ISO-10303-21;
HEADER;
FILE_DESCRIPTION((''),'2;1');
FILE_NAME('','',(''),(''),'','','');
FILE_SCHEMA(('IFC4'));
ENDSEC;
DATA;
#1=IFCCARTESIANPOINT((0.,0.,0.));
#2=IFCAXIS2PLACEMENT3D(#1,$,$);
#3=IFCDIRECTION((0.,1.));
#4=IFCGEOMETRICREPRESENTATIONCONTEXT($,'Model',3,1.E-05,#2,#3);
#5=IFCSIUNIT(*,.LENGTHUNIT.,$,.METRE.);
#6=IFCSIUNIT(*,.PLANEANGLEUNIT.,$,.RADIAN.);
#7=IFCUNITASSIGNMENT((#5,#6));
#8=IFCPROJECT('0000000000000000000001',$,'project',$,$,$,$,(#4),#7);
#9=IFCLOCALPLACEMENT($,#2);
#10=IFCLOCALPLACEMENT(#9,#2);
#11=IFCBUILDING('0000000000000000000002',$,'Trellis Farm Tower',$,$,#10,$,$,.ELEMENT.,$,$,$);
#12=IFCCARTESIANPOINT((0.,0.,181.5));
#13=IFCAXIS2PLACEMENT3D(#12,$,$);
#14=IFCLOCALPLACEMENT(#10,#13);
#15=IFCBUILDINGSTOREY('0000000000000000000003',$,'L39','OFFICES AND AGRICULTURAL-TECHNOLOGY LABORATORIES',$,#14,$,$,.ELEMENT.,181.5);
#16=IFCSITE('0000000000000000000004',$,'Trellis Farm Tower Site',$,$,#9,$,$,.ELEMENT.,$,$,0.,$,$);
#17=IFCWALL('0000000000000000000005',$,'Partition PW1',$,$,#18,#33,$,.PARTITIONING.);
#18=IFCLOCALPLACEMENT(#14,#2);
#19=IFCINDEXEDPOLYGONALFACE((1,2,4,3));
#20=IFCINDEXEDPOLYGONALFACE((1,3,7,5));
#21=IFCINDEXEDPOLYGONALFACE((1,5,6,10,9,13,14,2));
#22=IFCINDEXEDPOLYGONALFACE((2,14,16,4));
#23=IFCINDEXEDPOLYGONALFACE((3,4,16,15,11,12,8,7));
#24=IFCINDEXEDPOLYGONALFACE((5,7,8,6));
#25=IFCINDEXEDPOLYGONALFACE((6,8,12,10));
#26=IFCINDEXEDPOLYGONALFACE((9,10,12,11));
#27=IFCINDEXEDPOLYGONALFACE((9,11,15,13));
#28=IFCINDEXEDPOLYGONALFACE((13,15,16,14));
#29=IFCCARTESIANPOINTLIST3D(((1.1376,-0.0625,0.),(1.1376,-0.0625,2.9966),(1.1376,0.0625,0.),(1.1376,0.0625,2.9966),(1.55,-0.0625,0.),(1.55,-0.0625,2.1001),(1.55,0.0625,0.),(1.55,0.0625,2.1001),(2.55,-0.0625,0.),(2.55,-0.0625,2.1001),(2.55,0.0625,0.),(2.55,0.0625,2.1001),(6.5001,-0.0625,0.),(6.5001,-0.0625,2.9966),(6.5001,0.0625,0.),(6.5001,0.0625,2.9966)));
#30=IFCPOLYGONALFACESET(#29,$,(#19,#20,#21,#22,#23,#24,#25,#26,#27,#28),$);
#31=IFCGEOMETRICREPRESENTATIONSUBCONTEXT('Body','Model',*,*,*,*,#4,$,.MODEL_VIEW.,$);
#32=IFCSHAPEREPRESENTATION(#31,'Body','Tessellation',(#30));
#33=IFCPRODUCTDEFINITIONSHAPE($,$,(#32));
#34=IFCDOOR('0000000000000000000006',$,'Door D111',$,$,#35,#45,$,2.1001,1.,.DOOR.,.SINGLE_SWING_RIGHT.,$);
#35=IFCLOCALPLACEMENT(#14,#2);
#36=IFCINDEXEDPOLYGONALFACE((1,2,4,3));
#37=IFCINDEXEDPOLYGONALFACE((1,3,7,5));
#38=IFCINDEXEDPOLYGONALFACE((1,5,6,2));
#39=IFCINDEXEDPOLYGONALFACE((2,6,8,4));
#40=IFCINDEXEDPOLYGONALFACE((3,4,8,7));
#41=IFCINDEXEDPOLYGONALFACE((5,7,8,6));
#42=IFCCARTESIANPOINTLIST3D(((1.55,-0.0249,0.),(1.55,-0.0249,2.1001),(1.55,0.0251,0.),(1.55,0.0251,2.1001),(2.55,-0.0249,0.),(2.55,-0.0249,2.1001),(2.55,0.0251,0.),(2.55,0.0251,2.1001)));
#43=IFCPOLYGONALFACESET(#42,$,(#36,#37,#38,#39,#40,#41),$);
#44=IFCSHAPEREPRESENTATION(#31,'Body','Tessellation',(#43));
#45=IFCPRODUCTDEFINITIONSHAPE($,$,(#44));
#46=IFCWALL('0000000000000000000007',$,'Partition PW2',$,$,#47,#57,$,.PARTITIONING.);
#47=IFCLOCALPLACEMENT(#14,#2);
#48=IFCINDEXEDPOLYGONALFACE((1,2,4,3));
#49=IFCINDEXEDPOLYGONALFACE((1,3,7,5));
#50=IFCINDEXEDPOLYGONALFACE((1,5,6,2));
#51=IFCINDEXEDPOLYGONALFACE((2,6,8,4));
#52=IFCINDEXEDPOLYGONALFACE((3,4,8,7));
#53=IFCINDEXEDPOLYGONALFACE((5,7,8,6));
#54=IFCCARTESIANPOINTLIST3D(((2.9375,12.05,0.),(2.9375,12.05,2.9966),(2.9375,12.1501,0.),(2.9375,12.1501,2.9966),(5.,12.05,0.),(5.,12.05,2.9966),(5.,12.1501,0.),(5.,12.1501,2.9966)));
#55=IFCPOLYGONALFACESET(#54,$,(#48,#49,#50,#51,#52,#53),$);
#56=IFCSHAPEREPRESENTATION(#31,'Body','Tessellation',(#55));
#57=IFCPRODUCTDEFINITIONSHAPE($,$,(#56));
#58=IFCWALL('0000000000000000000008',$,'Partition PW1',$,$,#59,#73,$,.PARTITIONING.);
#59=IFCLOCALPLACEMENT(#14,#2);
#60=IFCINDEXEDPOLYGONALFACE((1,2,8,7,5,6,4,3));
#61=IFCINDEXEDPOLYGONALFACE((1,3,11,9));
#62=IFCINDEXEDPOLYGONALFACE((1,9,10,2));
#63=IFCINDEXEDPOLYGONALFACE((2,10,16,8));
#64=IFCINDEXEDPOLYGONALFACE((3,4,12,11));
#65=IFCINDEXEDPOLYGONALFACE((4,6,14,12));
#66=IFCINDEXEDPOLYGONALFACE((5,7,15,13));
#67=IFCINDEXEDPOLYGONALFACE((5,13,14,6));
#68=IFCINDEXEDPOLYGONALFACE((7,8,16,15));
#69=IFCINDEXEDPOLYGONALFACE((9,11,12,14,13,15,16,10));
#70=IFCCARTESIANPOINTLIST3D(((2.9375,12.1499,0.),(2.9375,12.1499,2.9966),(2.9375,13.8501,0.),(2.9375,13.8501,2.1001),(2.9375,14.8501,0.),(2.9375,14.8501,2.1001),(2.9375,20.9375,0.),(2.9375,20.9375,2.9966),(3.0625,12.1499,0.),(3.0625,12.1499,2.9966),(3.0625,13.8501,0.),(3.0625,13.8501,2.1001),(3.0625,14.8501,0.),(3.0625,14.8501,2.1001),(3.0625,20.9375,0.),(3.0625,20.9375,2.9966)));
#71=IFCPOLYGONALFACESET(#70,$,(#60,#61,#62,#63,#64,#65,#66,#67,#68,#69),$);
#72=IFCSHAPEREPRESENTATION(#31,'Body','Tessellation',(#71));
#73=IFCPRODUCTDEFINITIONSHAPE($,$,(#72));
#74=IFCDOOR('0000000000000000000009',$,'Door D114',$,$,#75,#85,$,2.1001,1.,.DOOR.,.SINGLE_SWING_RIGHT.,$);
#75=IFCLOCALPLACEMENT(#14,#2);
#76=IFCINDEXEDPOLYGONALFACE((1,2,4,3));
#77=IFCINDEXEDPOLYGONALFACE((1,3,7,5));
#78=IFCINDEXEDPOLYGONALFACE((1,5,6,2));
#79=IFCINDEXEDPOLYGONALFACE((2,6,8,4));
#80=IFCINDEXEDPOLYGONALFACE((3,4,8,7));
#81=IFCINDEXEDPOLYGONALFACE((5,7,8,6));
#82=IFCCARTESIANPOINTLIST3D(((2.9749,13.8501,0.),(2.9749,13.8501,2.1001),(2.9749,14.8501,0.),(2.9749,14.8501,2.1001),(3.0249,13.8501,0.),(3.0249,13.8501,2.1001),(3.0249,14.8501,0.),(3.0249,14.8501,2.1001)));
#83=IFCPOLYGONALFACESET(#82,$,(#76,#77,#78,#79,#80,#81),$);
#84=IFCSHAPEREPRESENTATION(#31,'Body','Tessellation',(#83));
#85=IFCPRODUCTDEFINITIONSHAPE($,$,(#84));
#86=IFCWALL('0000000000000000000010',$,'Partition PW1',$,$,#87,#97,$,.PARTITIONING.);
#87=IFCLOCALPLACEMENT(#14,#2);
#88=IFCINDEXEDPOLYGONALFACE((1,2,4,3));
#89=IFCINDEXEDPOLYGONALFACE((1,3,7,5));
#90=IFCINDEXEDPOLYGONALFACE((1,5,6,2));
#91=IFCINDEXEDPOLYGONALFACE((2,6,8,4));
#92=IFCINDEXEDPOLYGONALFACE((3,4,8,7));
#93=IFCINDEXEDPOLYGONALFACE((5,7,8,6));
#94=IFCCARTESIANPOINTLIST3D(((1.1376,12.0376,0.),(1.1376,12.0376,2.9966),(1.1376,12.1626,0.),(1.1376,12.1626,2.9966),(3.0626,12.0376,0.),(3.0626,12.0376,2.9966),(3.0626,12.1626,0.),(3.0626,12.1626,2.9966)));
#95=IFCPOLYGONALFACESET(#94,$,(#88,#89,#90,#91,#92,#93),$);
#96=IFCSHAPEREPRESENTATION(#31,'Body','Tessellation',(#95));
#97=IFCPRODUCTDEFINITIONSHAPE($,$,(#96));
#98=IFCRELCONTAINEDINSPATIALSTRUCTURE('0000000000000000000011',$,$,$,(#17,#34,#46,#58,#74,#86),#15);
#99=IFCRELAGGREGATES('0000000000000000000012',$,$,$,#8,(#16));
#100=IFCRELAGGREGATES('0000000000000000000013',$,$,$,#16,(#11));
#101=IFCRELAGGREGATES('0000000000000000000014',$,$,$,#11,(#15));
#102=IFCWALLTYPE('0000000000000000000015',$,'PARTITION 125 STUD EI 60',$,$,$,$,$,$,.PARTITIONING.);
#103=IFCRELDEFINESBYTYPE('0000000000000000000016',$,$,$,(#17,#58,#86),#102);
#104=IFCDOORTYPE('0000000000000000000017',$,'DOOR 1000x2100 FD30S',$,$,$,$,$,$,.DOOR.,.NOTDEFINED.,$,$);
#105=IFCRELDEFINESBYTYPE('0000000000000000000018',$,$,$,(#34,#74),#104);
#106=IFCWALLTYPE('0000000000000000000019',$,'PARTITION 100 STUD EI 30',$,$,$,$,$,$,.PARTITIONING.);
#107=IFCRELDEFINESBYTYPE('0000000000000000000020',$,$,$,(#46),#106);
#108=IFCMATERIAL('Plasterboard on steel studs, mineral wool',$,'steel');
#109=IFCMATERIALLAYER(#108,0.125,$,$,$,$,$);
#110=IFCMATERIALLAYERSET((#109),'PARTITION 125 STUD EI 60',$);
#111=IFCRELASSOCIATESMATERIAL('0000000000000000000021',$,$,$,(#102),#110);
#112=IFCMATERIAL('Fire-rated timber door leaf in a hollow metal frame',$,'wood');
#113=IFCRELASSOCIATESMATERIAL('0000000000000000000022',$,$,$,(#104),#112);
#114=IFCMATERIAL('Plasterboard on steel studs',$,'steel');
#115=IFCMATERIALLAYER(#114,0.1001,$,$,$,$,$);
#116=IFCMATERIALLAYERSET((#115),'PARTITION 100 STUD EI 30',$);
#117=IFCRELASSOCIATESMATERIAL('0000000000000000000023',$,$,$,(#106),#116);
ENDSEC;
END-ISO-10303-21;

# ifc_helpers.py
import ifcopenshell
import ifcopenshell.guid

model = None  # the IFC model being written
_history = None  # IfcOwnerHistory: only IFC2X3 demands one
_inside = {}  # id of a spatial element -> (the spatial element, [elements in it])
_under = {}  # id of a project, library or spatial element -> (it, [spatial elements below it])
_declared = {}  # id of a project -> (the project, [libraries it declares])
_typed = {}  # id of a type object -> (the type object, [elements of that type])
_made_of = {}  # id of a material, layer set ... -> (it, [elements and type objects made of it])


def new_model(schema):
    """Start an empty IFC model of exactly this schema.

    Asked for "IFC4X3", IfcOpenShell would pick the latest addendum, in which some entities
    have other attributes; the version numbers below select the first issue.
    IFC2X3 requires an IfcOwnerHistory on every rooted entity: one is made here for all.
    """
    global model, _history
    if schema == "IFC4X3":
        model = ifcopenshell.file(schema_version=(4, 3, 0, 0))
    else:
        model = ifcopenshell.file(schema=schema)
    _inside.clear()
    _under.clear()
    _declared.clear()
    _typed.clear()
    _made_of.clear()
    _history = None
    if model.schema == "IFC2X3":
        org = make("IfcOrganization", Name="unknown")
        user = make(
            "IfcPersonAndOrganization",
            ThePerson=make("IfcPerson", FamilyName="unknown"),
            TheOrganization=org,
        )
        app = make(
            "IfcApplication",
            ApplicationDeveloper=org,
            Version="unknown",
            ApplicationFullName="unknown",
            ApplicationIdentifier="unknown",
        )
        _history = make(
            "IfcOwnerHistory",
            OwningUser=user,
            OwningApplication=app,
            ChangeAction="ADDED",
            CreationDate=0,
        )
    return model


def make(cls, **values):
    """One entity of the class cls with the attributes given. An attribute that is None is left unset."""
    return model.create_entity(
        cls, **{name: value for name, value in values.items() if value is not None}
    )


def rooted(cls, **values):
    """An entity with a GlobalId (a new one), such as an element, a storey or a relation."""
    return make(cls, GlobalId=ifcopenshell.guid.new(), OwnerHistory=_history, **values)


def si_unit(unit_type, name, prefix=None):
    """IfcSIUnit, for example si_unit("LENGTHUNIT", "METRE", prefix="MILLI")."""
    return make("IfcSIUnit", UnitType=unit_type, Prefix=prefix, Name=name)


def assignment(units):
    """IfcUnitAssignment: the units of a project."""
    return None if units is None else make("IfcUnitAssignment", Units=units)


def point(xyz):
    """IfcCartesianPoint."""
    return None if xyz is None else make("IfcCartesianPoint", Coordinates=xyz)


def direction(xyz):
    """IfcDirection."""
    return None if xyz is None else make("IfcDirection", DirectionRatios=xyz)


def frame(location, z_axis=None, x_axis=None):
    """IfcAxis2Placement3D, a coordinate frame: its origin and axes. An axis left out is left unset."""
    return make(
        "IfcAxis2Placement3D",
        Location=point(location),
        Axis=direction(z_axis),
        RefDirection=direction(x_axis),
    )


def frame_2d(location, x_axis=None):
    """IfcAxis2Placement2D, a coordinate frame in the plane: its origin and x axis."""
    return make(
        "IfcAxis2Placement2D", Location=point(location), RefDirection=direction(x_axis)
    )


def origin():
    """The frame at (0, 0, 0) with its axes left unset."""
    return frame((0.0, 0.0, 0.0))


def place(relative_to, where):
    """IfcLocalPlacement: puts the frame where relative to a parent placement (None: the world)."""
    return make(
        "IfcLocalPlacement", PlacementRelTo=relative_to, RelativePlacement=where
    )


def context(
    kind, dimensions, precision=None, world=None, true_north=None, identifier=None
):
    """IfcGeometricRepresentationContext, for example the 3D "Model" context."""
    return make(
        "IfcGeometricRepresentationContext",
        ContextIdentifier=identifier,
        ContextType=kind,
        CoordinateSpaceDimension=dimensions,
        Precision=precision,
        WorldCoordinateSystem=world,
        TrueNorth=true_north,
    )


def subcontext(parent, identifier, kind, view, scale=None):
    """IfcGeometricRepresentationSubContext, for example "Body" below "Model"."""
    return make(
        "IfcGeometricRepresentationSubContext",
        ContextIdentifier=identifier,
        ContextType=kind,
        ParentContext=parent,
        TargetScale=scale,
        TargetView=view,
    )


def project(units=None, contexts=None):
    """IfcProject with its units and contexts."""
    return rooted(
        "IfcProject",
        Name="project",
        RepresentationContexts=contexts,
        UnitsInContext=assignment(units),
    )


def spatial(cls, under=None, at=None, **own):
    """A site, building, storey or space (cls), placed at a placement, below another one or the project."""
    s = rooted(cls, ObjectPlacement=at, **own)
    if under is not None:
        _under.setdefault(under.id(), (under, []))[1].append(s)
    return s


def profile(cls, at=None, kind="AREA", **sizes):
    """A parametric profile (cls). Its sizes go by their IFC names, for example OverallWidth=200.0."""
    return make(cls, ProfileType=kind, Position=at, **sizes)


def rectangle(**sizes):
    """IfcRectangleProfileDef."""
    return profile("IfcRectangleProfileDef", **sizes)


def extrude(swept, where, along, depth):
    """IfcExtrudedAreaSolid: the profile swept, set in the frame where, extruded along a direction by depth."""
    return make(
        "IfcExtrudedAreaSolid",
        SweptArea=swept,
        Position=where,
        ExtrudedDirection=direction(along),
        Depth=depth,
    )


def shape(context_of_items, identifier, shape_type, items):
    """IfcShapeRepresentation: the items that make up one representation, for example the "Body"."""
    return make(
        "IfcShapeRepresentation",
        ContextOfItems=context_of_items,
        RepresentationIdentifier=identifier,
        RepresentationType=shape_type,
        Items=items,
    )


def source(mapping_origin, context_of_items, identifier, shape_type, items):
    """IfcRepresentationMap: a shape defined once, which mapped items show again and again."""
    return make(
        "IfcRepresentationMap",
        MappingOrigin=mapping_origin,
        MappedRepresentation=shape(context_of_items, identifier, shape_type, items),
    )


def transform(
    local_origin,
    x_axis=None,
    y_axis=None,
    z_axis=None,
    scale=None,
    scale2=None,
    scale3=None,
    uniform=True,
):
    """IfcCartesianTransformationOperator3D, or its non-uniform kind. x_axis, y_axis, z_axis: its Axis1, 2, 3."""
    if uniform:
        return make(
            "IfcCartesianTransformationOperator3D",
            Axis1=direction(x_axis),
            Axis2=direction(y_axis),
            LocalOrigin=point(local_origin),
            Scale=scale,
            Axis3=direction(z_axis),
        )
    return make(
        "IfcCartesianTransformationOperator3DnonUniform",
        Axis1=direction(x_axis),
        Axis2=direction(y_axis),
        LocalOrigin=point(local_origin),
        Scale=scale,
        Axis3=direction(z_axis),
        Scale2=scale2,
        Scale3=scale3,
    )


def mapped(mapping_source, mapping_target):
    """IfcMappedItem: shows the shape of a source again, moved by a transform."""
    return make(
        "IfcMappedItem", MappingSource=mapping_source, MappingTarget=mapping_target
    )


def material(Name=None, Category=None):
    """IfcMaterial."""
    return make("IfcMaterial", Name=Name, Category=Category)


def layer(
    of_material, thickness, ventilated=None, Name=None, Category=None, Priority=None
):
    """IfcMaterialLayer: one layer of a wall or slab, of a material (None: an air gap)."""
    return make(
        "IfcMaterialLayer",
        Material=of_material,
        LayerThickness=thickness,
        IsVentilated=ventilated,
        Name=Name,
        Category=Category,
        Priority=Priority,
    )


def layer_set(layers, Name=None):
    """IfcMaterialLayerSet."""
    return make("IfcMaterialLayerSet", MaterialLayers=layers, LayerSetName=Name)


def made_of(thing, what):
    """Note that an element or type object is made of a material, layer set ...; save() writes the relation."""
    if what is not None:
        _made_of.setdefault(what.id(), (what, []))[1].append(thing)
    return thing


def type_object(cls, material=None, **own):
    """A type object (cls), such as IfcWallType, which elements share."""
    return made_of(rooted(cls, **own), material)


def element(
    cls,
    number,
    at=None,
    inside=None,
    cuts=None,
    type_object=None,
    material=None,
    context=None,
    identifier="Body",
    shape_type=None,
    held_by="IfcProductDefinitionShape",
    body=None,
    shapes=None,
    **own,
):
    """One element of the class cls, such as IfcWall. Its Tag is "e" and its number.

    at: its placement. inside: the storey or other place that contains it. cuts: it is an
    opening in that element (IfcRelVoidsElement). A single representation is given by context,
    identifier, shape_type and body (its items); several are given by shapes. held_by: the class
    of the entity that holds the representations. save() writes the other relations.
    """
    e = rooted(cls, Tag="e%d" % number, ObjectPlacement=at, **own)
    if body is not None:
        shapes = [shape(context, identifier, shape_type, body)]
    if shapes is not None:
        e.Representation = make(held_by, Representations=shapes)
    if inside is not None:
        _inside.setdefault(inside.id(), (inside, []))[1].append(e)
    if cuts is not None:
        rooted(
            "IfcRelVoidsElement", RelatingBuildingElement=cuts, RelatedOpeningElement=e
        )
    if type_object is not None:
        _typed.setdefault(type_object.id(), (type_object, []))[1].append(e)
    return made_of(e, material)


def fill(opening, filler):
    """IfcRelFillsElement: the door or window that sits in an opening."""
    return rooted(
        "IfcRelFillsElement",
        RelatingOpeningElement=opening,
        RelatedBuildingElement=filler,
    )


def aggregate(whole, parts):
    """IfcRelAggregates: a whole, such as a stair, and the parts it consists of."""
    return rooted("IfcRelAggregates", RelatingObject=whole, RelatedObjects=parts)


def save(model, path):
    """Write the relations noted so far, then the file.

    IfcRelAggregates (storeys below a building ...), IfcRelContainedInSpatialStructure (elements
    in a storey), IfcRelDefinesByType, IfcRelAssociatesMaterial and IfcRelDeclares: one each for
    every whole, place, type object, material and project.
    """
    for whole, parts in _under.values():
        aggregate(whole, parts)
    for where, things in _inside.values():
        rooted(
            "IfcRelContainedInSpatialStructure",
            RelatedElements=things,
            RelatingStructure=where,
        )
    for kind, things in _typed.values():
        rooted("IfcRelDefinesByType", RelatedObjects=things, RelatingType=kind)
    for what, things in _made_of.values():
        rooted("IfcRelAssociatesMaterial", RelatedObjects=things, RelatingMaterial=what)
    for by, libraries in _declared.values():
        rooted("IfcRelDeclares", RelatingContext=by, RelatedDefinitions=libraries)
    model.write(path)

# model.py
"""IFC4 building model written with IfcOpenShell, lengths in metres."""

from ifc_helpers import new_model, si_unit, direction, frame, frame_2d, origin, place, context, subcontext, project, spatial, rectangle, extrude, source, transform, mapped, material, layer, layer_set, type_object, element, fill, save


model = new_model("IFC4")

# Units and contexts
model_context = context("Model", 3, precision=1e-05, world=origin(), true_north=direction((0.0, 1.0)))
body_context = subcontext(model_context, "Body", "Model", "MODEL_VIEW")
ifc_project = project(units=[si_unit("LENGTHUNIT", "METRE"), si_unit("PLANEANGLEUNIT", "RADIAN")], contexts=[model_context])

# Site, building, storey
site_placement = place(None, origin())
site = spatial("IfcSite", under=ifc_project, at=site_placement, Name="Trellis Farm Tower Site", CompositionType="ELEMENT", RefElevation=0.0)
building_placement = place(site_placement, origin())
building = spatial("IfcBuilding", under=site, at=building_placement, Name="Trellis Farm Tower", CompositionType="ELEMENT")
storey_placement = place(building_placement, frame((0.0, 0.0, 181.5)))
storey = spatial("IfcBuildingStorey", under=building, at=storey_placement, Name="L39", Description="OFFICES AND AGRICULTURAL-TECHNOLOGY LABORATORIES", CompositionType="ELEMENT", Elevation=181.5)

# Shared definitions
ifc_material_1 = material(Name="Plasterboard on steel studs, mineral wool", Category="steel")
ifc_layer_1 = layer(ifc_material_1, 0.125)
ifc_layer_set_1 = layer_set([ifc_layer_1], Name="PARTITION 125 STUD EI 60")
wall_type_1 = type_object("IfcWallType", Name="PARTITION 125 STUD EI 60", PredefinedType="PARTITIONING", material=ifc_layer_set_1)

# Wall, opening, door
shared_shape_1 = source(origin(), body_context, "Body", "SweptSolid", [
    extrude(rectangle(XDim=5.3625, YDim=0.125, at=frame_2d((2.6812, 0.0))), origin(), (0.0, 0.0, 1.0), 2.9966),
])
wall_1_placement = place(storey_placement, frame((6.5, 0.0, 0.0), z_axis=(0.0, 0.0, 1.0), x_axis=(-1.0, 0.0, 0.0)))
wall_1 = element("IfcWall", 1, at=wall_1_placement, inside=storey, type_object=wall_type_1, Name="Partition PW1", PredefinedType="PARTITIONING", context=body_context, shape_type="MappedRepresentation", body=[
    mapped(shared_shape_1, transform((0.0, 0.0, 0.0))),
])
shared_shape_2 = source(origin(), body_context, "Body", "SweptSolid", [
    extrude(rectangle(XDim=1.0, YDim=2.1001, at=frame_2d((0.5, 1.05))), frame((0.0, 0.0725, 0.0), z_axis=(0.0, -1.0, 0.0), x_axis=(1.0, 0.0, 0.0)), (0.0, 0.0, 1.0), 0.145),
])
opening_1_placement = place(wall_1_placement, frame((3.95, 0.0, 0.0)))
opening_1 = element("IfcOpeningElement", 2, at=opening_1_placement, cuts=wall_1, PredefinedType="OPENING", context=body_context, shape_type="MappedRepresentation", body=[
    mapped(shared_shape_2, transform((0.0, 0.0, 0.0))),
])
ifc_material_2 = material(Name="Fire-rated timber door leaf in a hollow metal frame", Category="wood")
door_type_1 = type_object("IfcDoorType", Name="DOOR 1000x2100 FD30S", OperationType="NOTDEFINED", PredefinedType="DOOR", material=ifc_material_2)
shared_shape_3 = source(origin(), body_context, "Body", "SweptSolid", [
    extrude(rectangle(XDim=1.0, YDim=2.1001, at=frame_2d((0.5, 1.05))), frame((0.0, 0.0249, 0.0), z_axis=(0.0, -1.0, 0.0), x_axis=(1.0, 0.0, 0.0)), (0.0, 0.0, 1.0), 0.05),
])
door_1_placement = place(opening_1_placement, origin())
door_1 = element("IfcDoor", 3, at=door_1_placement, inside=storey, type_object=door_type_1, Name="Door D111", OperationType="SINGLE_SWING_RIGHT", OverallHeight=2.1001, OverallWidth=1.0, PredefinedType="DOOR", context=body_context, shape_type="MappedRepresentation", body=[
    mapped(shared_shape_3, transform((0.0, 0.0, 0.0))),
])
fill(opening_1, door_1)

# Wall
ifc_material_3 = material(Name="Plasterboard on steel studs", Category="steel")
ifc_layer_2 = layer(ifc_material_3, 0.1001)
ifc_layer_set_2 = layer_set([ifc_layer_2], Name="PARTITION 100 STUD EI 30")
wall_type_2 = type_object("IfcWallType", Name="PARTITION 100 STUD EI 30", PredefinedType="PARTITIONING", material=ifc_layer_set_2)
shared_shape_4 = source(origin(), body_context, "Body", "SweptSolid", [
    extrude(rectangle(XDim=2.0625, YDim=0.1001, at=frame_2d((1.0312, 0.0))), origin(), (0.0, 0.0, 1.0), 2.9966),
])
wall_2_placement = place(storey_placement, frame((2.9375, 12.1001, 0.0), z_axis=(0.0, 0.0, 1.0), x_axis=(1.0, 0.0, 0.0)))
element("IfcWall", 4, at=wall_2_placement, inside=storey, type_object=wall_type_2, Name="Partition PW2", PredefinedType="PARTITIONING", context=body_context, shape_type="MappedRepresentation", body=[
    mapped(shared_shape_4, transform((0.0, 0.0, 0.0))),
])

# Wall, opening, door
shared_shape_5 = source(origin(), body_context, "Body", "SweptSolid", [
    extrude(rectangle(XDim=8.7876, YDim=0.125, at=frame_2d((4.3938, 0.0))), origin(), (0.0, 0.0, 1.0), 2.9966),
])
wall_3_placement = place(storey_placement, frame((3.0, 20.9375, 0.0), z_axis=(0.0, 0.0, 1.0), x_axis=(0.0, -1.0, 0.0)))
wall_3 = element("IfcWall", 5, at=wall_3_placement, inside=storey, type_object=wall_type_1, Name="Partition PW1", PredefinedType="PARTITIONING", context=body_context, shape_type="MappedRepresentation", body=[
    mapped(shared_shape_5, transform((0.0, 0.0, 0.0))),
])
opening_2_placement = place(wall_3_placement, frame((6.0874, 0.0, 0.0)))
opening_2 = element("IfcOpeningElement", 6, at=opening_2_placement, cuts=wall_3, PredefinedType="OPENING", context=body_context, shape_type="MappedRepresentation", body=[
    mapped(shared_shape_2, transform((0.0, 0.0, 0.0))),
])
door_2_placement = place(opening_2_placement, origin())
door_2 = element("IfcDoor", 7, at=door_2_placement, inside=storey, type_object=door_type_1, Name="Door D114", OperationType="SINGLE_SWING_RIGHT", OverallHeight=2.1001, OverallWidth=1.0, PredefinedType="DOOR", context=body_context, shape_type="MappedRepresentation", body=[
    mapped(shared_shape_3, transform((0.0, 0.0, 0.0))),
])
fill(opening_2, door_2)

# Wall
shared_shape_6 = source(origin(), body_context, "Body", "SweptSolid", [
    extrude(rectangle(XDim=1.925, YDim=0.125, at=frame_2d((0.9624, 0.0))), origin(), (0.0, 0.0, 1.0), 2.9966),
])
wall_4_placement = place(storey_placement, frame((3.0625, 12.1001, 0.0), z_axis=(0.0, 0.0, 1.0), x_axis=(-1.0, 0.0, 0.0)))
element("IfcWall", 8, at=wall_4_placement, inside=storey, type_object=wall_type_1, Name="Partition PW1", PredefinedType="PARTITIONING", context=body_context, shape_type="MappedRepresentation", body=[
    mapped(shared_shape_6, transform((0.0, 0.0, 0.0))),
])

save(model, "model.ifc")
